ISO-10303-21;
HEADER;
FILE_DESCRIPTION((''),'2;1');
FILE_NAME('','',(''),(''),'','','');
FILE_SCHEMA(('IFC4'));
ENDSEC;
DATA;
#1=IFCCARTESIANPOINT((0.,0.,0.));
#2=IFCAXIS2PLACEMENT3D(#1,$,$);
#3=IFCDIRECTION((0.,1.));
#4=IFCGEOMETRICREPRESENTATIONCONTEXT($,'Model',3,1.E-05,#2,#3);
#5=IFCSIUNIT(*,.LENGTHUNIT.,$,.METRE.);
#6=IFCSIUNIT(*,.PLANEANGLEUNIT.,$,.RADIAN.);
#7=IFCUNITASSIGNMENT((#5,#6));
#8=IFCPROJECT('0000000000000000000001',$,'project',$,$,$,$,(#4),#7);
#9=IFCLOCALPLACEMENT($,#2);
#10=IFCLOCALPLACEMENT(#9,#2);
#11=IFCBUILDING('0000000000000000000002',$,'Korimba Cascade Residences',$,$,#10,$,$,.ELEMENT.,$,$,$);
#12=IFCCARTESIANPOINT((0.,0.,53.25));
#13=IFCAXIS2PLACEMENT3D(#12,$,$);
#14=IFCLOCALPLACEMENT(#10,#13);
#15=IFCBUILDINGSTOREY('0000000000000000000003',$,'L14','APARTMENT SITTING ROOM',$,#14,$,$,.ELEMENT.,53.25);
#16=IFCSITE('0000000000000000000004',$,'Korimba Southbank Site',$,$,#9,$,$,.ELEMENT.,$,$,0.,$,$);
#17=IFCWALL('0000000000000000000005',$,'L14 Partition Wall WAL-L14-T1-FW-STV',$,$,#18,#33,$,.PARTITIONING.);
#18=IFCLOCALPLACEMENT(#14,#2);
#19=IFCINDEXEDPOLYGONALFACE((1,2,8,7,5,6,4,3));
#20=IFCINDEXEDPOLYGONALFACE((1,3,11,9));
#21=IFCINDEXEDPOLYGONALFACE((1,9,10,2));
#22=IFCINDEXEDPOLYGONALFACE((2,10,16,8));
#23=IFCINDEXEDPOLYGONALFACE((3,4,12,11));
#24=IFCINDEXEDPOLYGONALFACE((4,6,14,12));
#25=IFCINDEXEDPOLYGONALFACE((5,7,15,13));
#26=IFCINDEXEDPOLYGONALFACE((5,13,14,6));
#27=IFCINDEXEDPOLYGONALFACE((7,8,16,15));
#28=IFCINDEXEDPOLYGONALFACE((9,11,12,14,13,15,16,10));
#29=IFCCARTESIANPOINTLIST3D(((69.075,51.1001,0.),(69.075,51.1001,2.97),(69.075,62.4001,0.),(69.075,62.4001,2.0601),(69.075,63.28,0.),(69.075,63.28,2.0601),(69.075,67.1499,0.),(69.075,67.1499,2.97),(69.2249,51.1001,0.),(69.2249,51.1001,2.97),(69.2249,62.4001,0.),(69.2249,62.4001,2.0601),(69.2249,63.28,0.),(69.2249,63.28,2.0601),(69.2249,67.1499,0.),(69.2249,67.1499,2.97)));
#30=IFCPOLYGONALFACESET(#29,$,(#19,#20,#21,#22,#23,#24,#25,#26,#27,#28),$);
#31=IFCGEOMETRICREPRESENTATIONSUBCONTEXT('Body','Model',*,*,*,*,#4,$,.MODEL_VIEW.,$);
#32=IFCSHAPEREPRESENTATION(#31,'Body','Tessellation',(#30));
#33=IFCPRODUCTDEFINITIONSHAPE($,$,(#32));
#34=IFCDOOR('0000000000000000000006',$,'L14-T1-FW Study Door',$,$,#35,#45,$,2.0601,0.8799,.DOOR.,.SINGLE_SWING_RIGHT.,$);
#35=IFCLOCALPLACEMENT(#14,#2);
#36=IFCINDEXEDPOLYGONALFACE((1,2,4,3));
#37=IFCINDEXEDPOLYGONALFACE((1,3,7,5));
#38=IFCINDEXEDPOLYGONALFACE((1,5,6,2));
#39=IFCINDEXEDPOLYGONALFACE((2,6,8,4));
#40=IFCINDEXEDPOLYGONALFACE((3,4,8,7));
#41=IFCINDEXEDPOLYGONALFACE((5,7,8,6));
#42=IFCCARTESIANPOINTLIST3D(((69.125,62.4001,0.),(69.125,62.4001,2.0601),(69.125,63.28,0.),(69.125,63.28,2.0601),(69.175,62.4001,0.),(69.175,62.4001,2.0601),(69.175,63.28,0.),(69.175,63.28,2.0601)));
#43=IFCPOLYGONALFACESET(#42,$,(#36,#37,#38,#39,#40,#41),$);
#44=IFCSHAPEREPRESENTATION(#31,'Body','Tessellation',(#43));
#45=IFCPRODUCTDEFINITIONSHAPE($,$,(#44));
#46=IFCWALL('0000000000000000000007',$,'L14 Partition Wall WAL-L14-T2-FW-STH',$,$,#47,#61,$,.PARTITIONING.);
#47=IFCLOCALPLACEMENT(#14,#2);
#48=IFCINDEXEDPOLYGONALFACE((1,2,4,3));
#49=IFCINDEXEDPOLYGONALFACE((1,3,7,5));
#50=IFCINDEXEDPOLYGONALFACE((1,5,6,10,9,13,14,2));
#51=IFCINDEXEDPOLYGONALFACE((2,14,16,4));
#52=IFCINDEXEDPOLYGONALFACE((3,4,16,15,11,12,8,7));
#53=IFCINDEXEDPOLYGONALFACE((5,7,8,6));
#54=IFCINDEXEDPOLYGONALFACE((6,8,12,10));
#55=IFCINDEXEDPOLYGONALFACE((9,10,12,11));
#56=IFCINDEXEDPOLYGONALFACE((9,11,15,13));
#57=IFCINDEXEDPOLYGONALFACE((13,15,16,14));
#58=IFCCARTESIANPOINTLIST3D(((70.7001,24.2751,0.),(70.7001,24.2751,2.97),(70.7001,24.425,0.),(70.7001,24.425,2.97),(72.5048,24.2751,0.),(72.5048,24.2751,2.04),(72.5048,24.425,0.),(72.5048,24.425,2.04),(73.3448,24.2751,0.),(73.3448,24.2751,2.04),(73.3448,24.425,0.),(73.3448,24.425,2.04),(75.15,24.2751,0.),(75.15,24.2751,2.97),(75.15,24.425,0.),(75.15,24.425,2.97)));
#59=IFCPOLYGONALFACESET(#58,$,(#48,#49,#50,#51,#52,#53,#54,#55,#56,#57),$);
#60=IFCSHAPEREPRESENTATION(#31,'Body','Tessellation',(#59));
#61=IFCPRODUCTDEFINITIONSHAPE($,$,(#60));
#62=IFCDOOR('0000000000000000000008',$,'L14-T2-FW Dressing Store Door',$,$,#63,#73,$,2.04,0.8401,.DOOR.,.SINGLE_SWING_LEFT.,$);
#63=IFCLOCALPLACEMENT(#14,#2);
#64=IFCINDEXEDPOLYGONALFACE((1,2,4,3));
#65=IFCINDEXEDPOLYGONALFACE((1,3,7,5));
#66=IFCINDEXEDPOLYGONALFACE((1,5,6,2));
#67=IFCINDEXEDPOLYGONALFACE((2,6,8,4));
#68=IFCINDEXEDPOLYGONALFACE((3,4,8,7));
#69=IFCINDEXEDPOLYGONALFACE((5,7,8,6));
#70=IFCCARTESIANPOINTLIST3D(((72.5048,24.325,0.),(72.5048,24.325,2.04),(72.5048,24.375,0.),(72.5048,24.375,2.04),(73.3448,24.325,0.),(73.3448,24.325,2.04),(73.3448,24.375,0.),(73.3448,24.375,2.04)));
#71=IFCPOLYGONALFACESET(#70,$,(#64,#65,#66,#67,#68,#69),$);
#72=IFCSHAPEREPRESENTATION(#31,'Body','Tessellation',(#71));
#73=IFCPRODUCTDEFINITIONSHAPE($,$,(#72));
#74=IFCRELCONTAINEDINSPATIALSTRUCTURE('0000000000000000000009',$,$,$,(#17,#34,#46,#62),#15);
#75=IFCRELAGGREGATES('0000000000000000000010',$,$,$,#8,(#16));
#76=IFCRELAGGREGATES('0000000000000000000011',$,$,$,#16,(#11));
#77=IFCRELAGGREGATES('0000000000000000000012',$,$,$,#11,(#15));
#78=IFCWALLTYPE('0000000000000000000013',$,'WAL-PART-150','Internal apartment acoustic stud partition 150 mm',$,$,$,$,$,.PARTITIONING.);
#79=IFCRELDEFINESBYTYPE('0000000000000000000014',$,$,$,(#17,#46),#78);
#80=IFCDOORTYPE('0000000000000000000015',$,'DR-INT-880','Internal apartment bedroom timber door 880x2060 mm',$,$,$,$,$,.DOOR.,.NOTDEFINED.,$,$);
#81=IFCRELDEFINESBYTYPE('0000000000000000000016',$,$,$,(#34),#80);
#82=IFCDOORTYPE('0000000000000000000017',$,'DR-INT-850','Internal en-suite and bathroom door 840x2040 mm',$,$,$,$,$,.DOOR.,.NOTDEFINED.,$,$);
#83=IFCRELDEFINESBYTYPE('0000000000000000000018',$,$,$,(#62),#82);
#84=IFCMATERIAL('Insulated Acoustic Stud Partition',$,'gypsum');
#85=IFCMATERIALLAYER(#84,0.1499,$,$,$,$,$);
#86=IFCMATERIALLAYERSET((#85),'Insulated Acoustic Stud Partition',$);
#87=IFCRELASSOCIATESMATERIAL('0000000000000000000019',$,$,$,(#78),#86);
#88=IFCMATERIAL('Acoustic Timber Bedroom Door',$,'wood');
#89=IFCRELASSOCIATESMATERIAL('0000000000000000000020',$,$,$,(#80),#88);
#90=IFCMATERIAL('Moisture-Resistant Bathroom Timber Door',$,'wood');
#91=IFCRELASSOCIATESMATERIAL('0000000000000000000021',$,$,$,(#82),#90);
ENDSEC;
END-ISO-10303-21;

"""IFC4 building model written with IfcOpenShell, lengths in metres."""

from ifc_helpers import new_model, si_unit, direction, frame, frame_2d, origin, place, context, subcontext, project, spatial, rectangle, extrude, material, layer, layer_set, type_object, element, fill, save


model = new_model("IFC4")

# Units and contexts
model_context = context("Model", 3, precision=1e-05, world=origin(), true_north=direction((0.0, 1.0)))
body_context = subcontext(model_context, "Body", "Model", "MODEL_VIEW")
ifc_project = project(units=[si_unit("LENGTHUNIT", "METRE"), si_unit("PLANEANGLEUNIT", "RADIAN")], contexts=[model_context])

# Site, building, storey
site_placement = place(None, origin())
site = spatial("IfcSite", under=ifc_project, at=site_placement, Name="Korimba Southbank Site", CompositionType="ELEMENT", RefElevation=0.0)
building_placement = place(site_placement, origin())
building = spatial("IfcBuilding", under=site, at=building_placement, Name="Korimba Cascade Residences", CompositionType="ELEMENT")
storey_placement = place(building_placement, frame((0.0, 0.0, 53.25)))
storey = spatial("IfcBuildingStorey", under=building, at=storey_placement, Name="L14", Description="APARTMENT SITTING ROOM", CompositionType="ELEMENT", Elevation=53.25)

# Walls, openings, doors
ifc_material_1 = material(Name="Insulated Acoustic Stud Partition", Category="gypsum")
ifc_layer_1 = layer(ifc_material_1, 0.1499)
ifc_layer_set_1 = layer_set([ifc_layer_1], Name="Insulated Acoustic Stud Partition")
wall_type_1 = type_object("IfcWallType", Name="WAL-PART-150", Description="Internal apartment acoustic stud partition 150 mm", PredefinedType="PARTITIONING", material=ifc_layer_set_1)
wall_1_placement = place(storey_placement, frame((69.1499, 51.1001, 0.0), z_axis=(0.0, 0.0, 1.0), x_axis=(0.0, 1.0, 0.0)))
wall_1 = element("IfcWall", 1, at=wall_1_placement, inside=storey, type_object=wall_type_1, Name="L14 Partition Wall WAL-L14-T1-FW-STV", PredefinedType="PARTITIONING", context=body_context, shape_type="SweptSolid", body=[
    extrude(rectangle(XDim=16.0498, YDim=0.1499, at=frame_2d((8.0249, 0.0))), origin(), (0.0, 0.0, 1.0), 2.97),
])
opening_1_placement = place(wall_1_placement, frame((11.3, 0.0, 0.0)))
opening_1 = element("IfcOpeningElement", 2, at=opening_1_placement, cuts=wall_1, PredefinedType="OPENING", context=body_context, shape_type="SweptSolid", body=[
    extrude(rectangle(XDim=0.8799, YDim=2.0601, at=frame_2d((0.4399, 1.03))), frame((0.0, 0.085, 0.0), z_axis=(0.0, -1.0, 0.0), x_axis=(1.0, 0.0, 0.0)), (0.0, 0.0, 1.0), 0.1699),
])
ifc_material_2 = material(Name="Acoustic Timber Bedroom Door", Category="wood")
door_type_1 = type_object("IfcDoorType", Name="DR-INT-880", Description="Internal apartment bedroom timber door 880x2060 mm", OperationType="NOTDEFINED", PredefinedType="DOOR", material=ifc_material_2)
door_1_placement = place(opening_1_placement, origin())
door_1 = element("IfcDoor", 3, at=door_1_placement, inside=storey, type_object=door_type_1, Name="L14-T1-FW Study Door", OperationType="SINGLE_SWING_RIGHT", OverallHeight=2.0601, OverallWidth=0.8799, PredefinedType="DOOR", context=body_context, shape_type="SweptSolid", body=[
    extrude(rectangle(XDim=0.8799, YDim=2.0601, at=frame_2d((0.4399, 1.03))), frame((0.0, 0.0249, 0.0), z_axis=(0.0, -1.0, 0.0), x_axis=(1.0, 0.0, 0.0)), (0.0, 0.0, 1.0), 0.05),
])
fill(opening_1, door_1)
wall_2_placement = place(storey_placement, frame((70.7, 24.3501, 0.0), z_axis=(0.0, 0.0, 1.0), x_axis=(1.0, 0.0, 0.0)))
wall_2 = element("IfcWall", 4, at=wall_2_placement, inside=storey, type_object=wall_type_1, Name="L14 Partition Wall WAL-L14-T2-FW-STH", PredefinedType="PARTITIONING", context=body_context, shape_type="SweptSolid", body=[
    extrude(rectangle(XDim=4.45, YDim=0.1499, at=frame_2d((2.2251, 0.0))), origin(), (0.0, 0.0, 1.0), 2.97),
])
opening_2_placement = place(wall_2_placement, frame((1.8049, 0.0, 0.0)))
opening_2 = element("IfcOpeningElement", 5, at=opening_2_placement, cuts=wall_2, PredefinedType="OPENING", context=body_context, shape_type="SweptSolid", body=[
    extrude(rectangle(XDim=0.8401, YDim=2.04, at=frame_2d((0.4199, 1.02))), frame((0.0, 0.085, 0.0), z_axis=(0.0, -1.0, 0.0), x_axis=(1.0, 0.0, 0.0)), (0.0, 0.0, 1.0), 0.1699),
])
ifc_material_3 = material(Name="Moisture-Resistant Bathroom Timber Door", Category="wood")
door_type_2 = type_object("IfcDoorType", Name="DR-INT-850", Description="Internal en-suite and bathroom door 840x2040 mm", OperationType="NOTDEFINED", PredefinedType="DOOR", material=ifc_material_3)
door_2_placement = place(opening_2_placement, origin())
door_2 = element("IfcDoor", 6, at=door_2_placement, inside=storey, type_object=door_type_2, Name="L14-T2-FW Dressing Store Door", OperationType="SINGLE_SWING_LEFT", OverallHeight=2.04, OverallWidth=0.8401, PredefinedType="DOOR", context=body_context, shape_type="SweptSolid", body=[
    extrude(rectangle(XDim=0.8401, YDim=2.04, at=frame_2d((0.4199, 1.02))), frame((0.0, 0.0249, 0.0), z_axis=(0.0, -1.0, 0.0), x_axis=(1.0, 0.0, 0.0)), (0.0, 0.0, 1.0), 0.05),
])
fill(opening_2, door_2)

save(model, "model.ifc")
